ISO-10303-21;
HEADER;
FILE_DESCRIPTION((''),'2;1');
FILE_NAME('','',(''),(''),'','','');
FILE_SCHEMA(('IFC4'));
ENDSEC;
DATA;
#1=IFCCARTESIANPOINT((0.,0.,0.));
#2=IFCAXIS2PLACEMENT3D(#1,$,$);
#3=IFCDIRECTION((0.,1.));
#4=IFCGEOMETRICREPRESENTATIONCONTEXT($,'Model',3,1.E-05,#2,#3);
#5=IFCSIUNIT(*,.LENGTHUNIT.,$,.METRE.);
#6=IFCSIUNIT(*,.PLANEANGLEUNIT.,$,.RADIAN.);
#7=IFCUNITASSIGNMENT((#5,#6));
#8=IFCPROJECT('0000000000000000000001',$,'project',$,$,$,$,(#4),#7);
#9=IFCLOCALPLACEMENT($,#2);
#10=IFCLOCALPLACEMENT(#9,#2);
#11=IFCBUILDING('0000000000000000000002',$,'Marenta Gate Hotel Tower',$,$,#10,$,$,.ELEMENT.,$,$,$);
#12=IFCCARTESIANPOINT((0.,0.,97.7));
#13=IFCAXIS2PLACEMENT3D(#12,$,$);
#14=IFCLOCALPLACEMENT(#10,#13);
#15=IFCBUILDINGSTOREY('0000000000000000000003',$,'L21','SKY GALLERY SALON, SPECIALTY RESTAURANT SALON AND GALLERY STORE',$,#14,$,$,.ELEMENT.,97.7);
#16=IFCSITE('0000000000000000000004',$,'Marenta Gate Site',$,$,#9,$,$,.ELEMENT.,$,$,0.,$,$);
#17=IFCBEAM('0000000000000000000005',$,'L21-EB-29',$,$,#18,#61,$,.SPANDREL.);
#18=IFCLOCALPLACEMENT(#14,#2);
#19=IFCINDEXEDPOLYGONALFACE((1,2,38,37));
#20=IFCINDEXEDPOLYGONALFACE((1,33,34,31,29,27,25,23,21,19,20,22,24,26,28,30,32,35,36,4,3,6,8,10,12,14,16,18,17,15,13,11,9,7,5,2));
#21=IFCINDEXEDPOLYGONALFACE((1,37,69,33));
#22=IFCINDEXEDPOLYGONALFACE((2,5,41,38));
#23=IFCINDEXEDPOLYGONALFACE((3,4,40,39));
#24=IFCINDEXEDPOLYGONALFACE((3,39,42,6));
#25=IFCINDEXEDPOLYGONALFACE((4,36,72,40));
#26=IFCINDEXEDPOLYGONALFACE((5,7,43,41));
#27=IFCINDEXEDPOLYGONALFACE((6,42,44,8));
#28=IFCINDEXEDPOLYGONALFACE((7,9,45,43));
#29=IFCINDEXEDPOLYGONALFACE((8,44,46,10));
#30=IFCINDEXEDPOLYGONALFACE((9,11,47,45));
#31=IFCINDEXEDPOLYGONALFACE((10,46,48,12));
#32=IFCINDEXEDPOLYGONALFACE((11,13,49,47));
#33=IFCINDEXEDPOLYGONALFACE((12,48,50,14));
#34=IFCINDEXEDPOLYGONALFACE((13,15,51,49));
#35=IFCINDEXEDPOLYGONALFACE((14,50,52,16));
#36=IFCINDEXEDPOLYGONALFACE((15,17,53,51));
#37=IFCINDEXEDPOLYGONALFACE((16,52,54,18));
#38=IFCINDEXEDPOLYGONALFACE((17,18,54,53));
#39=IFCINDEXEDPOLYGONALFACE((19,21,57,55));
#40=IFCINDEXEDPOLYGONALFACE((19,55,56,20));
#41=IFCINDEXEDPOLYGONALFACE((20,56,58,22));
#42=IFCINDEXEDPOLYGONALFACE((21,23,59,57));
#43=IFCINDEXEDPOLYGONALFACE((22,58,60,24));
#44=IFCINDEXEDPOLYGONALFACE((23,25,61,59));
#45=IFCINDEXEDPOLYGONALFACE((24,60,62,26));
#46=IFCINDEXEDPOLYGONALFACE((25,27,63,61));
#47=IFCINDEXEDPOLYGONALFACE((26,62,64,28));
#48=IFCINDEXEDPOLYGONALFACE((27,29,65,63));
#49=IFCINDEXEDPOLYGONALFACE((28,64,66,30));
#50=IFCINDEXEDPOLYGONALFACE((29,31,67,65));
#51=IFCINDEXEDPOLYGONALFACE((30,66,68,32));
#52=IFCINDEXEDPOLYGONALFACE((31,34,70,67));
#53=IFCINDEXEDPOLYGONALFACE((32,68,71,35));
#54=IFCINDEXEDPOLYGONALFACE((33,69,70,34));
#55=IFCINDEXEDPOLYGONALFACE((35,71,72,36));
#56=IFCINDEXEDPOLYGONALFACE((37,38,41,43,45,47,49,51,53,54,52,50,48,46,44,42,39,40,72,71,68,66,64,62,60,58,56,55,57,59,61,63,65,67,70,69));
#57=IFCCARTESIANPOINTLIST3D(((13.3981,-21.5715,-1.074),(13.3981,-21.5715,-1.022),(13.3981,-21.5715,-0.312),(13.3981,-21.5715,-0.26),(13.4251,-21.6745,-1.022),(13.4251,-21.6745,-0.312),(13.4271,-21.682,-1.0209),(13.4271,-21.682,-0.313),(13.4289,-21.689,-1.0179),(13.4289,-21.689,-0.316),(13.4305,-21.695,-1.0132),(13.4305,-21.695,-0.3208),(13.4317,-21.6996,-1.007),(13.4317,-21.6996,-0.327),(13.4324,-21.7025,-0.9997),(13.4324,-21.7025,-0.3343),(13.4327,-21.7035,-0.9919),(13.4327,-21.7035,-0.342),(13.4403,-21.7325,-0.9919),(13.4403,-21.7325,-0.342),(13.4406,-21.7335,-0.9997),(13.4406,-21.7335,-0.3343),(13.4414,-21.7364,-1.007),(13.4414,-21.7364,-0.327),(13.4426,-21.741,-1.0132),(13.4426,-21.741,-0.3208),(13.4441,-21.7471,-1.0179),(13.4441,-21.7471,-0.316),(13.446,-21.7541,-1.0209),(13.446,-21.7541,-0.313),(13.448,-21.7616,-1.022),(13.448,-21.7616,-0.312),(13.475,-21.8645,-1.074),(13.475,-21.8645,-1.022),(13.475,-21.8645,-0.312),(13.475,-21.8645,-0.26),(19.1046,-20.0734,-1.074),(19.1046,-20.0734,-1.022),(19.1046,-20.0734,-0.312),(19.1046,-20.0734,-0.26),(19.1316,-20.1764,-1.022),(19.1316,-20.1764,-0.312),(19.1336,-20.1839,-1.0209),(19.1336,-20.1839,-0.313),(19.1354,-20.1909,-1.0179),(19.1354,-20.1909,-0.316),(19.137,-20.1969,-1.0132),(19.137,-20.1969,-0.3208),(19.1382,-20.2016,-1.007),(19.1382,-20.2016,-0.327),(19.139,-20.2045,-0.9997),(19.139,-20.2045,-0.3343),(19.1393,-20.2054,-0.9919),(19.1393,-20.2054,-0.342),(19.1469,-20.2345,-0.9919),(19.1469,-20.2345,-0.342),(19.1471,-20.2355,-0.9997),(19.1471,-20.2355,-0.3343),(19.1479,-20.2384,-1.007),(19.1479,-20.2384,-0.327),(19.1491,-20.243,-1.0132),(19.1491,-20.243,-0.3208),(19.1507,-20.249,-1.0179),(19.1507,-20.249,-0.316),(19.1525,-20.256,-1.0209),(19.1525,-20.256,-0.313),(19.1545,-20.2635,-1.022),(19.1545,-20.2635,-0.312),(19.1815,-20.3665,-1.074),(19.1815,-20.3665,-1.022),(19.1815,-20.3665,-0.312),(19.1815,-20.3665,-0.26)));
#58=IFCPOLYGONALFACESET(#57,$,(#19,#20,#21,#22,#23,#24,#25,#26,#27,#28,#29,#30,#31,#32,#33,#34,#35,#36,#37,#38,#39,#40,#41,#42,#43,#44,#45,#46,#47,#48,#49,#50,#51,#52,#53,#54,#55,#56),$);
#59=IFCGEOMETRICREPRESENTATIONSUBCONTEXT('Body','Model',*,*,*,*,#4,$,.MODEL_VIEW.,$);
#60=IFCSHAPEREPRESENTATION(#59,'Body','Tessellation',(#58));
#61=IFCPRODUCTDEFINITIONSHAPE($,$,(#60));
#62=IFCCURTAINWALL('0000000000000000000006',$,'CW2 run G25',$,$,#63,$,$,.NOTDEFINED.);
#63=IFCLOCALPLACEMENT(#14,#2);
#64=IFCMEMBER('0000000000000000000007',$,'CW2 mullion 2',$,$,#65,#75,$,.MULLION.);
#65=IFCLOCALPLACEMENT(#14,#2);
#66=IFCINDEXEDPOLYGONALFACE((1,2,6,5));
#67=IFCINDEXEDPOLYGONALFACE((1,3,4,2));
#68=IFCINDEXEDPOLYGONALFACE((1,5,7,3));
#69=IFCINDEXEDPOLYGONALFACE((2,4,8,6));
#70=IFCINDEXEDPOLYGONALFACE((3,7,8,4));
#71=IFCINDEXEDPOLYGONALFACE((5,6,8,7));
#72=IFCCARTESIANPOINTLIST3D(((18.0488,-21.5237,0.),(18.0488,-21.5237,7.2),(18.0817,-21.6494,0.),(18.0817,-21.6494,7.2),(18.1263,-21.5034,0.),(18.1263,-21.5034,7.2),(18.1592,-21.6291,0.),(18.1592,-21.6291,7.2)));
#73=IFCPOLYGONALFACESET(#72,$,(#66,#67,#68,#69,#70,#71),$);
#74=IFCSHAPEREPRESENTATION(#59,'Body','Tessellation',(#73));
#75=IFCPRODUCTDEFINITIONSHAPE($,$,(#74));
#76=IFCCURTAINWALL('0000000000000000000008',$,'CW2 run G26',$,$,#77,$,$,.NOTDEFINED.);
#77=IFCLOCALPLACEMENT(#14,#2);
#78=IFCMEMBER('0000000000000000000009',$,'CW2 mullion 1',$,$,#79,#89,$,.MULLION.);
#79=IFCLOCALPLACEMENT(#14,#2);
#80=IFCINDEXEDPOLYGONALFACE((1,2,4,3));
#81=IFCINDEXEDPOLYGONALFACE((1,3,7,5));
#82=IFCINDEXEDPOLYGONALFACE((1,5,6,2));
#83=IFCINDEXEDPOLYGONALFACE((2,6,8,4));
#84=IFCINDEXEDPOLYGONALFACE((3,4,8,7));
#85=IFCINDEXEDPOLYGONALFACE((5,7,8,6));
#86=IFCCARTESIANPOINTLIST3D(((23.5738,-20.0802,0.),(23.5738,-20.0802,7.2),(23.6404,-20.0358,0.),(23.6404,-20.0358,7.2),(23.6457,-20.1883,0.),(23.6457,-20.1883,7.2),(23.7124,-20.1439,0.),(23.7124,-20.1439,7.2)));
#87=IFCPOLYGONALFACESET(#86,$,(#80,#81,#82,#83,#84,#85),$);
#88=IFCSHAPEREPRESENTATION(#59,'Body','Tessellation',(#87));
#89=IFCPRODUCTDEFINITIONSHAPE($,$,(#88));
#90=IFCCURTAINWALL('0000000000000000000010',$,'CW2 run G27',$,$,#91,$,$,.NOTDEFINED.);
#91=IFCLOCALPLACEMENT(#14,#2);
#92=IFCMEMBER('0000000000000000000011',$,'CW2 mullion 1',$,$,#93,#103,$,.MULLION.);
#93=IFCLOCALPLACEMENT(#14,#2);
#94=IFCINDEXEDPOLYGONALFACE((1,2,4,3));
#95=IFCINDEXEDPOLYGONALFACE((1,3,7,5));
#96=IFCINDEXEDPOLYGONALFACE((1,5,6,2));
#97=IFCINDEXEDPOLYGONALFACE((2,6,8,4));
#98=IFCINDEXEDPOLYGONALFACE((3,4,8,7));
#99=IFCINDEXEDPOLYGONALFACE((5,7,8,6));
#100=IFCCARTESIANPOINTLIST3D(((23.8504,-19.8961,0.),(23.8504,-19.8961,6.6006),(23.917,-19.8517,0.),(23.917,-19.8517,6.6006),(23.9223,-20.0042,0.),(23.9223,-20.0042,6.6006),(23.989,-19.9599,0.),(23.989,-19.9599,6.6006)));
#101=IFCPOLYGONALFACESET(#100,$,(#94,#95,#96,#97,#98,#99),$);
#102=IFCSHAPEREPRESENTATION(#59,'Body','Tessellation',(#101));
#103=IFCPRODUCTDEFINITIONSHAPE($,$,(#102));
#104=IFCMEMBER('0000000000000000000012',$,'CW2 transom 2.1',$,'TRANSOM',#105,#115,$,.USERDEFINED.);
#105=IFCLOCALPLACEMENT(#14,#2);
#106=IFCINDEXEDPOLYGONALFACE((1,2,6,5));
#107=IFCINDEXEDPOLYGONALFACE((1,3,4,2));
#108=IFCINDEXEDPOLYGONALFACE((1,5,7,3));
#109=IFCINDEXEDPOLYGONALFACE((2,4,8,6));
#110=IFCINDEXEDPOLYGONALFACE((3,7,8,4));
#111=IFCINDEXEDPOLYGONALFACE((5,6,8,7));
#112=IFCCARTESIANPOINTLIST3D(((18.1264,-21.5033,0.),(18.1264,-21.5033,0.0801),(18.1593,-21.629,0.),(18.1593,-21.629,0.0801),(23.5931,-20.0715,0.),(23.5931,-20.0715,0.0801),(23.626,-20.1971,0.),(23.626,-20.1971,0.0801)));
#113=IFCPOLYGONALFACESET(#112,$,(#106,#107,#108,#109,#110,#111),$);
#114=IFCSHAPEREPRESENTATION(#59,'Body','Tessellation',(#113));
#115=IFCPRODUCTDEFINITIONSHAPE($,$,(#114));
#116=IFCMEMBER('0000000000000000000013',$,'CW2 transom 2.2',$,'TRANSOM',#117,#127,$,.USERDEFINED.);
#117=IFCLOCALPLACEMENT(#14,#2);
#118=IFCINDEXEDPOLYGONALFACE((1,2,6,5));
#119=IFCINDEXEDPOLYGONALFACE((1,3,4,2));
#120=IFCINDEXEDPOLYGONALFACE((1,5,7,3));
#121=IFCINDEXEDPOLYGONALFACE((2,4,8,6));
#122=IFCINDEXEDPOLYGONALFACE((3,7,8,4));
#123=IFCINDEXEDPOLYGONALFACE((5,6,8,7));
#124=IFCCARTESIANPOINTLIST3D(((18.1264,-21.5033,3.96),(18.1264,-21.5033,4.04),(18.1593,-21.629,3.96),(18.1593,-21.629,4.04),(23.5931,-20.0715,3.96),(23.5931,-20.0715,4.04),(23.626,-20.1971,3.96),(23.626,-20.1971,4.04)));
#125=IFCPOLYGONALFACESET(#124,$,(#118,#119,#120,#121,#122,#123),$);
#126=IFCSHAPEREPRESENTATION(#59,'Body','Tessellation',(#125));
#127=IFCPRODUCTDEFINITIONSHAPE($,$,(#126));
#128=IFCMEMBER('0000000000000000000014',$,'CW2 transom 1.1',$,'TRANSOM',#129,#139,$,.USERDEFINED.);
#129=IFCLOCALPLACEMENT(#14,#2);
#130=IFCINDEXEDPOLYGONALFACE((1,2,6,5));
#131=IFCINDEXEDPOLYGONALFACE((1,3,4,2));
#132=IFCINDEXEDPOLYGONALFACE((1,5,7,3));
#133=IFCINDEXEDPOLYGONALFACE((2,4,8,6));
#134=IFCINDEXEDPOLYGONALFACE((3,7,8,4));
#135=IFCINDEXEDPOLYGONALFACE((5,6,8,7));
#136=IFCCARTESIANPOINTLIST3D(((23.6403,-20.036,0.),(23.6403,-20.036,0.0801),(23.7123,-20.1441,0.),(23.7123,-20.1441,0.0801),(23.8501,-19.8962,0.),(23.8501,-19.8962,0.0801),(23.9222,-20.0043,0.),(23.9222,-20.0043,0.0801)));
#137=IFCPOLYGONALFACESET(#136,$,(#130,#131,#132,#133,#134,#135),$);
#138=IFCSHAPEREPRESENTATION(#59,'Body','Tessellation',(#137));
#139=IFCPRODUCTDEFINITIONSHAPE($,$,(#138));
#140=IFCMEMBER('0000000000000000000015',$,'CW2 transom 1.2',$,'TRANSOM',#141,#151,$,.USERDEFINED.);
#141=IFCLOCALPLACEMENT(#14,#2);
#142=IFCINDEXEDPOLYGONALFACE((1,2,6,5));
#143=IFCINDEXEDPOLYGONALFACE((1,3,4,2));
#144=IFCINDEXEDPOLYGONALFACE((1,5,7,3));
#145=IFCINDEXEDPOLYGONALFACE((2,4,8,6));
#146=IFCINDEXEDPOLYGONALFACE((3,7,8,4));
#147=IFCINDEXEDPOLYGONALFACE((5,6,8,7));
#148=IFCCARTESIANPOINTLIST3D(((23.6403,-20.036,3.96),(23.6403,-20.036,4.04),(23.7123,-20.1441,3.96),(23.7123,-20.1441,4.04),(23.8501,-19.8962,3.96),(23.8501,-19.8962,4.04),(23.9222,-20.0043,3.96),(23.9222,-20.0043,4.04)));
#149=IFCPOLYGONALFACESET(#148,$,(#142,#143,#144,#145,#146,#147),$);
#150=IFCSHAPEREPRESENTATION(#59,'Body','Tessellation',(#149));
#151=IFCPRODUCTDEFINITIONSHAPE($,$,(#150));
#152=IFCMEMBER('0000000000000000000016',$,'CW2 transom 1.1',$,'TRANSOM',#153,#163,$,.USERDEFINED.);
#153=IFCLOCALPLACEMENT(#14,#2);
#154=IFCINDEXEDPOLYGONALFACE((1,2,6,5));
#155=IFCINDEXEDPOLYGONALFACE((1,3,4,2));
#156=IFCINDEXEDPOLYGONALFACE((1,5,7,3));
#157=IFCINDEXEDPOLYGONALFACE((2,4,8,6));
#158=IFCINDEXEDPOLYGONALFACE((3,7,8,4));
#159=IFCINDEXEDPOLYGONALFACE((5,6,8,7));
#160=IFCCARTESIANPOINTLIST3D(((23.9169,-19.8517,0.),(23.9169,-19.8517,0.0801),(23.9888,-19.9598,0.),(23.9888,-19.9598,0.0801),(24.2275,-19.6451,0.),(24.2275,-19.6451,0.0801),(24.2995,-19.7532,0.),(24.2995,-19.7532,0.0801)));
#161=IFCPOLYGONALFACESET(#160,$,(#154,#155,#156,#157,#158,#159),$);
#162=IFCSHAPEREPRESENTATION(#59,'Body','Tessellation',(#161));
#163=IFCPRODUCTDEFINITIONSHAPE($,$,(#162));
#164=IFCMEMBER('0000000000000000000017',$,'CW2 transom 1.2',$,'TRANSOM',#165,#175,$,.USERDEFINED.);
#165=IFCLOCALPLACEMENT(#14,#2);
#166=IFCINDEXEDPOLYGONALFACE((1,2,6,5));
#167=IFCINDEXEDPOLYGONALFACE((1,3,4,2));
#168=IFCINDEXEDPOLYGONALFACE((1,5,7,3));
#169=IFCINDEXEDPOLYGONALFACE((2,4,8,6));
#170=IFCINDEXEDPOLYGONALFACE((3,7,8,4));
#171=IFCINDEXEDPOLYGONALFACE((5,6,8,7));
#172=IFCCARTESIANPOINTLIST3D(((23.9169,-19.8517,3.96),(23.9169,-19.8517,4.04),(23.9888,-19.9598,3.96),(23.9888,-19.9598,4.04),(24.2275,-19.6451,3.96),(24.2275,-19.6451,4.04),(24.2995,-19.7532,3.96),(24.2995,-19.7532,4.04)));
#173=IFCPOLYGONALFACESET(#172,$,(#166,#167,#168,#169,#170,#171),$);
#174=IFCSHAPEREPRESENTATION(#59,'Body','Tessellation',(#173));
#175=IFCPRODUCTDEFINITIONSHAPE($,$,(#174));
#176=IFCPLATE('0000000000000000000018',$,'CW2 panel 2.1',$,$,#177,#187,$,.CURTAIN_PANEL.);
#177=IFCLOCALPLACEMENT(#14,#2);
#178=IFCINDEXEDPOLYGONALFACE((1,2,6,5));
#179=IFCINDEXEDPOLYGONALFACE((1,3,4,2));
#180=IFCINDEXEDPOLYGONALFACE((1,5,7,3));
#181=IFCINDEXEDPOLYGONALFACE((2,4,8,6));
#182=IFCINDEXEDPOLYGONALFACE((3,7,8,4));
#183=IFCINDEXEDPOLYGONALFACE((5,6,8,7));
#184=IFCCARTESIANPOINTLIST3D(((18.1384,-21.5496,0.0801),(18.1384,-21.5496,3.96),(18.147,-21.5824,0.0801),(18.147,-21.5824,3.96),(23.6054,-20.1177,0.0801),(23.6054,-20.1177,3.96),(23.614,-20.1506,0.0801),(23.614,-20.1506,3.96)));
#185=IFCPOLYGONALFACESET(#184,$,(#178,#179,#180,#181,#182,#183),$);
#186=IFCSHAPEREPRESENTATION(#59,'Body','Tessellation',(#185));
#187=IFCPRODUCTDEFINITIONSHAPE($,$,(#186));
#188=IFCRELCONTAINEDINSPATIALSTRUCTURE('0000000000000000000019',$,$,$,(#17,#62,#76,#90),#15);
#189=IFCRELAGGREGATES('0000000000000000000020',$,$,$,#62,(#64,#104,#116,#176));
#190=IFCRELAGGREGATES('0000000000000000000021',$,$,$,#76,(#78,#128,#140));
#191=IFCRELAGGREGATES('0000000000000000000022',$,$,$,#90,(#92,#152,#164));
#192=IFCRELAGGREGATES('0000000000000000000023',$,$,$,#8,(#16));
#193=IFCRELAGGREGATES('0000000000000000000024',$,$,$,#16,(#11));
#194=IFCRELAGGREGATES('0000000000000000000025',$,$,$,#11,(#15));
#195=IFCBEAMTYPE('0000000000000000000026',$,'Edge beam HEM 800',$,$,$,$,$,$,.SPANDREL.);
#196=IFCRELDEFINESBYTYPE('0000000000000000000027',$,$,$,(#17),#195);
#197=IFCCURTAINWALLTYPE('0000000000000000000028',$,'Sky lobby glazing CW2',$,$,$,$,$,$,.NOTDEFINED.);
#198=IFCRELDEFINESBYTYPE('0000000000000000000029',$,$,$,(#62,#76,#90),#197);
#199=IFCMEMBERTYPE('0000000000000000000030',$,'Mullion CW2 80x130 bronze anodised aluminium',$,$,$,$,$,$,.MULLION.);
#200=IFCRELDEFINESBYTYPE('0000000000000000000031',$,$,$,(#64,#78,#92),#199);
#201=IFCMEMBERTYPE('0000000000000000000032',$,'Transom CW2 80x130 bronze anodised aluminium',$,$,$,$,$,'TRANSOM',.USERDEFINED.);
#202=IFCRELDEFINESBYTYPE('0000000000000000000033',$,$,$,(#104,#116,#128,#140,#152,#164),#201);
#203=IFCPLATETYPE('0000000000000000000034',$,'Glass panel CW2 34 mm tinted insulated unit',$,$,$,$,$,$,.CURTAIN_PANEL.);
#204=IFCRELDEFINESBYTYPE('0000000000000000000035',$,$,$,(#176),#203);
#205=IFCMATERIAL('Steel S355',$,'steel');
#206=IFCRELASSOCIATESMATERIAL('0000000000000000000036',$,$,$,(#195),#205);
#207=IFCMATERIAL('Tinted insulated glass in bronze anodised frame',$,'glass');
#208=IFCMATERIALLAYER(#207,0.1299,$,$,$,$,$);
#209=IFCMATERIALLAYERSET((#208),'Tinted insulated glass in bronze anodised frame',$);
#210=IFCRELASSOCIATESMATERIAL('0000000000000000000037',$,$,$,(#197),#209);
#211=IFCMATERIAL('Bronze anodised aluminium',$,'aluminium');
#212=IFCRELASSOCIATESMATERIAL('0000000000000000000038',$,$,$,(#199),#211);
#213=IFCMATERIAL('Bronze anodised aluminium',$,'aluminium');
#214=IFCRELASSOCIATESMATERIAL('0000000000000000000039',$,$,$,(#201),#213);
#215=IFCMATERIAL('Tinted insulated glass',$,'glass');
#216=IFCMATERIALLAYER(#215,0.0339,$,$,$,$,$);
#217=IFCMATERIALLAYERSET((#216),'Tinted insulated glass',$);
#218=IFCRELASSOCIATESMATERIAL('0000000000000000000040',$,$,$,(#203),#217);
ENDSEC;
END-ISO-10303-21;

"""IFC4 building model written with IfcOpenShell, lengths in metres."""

from ifc_helpers import new_model, si_unit, direction, frame, origin, origin_2d, place, context, subcontext, project, spatial, rectangle, i_section, extrude, material, layer, layer_set, material_profile, profile_set, type_object, element, aggregate, save


model = new_model("IFC4")

# Units and contexts
model_context = context("Model", 3, precision=1e-05, world=origin(), true_north=direction((0.0, 1.0)))
body_context = subcontext(model_context, "Body", "Model", "MODEL_VIEW")
ifc_project = project(units=[si_unit("LENGTHUNIT", "METRE"), si_unit("PLANEANGLEUNIT", "RADIAN")], contexts=[model_context])

# Site, building, storey
site_placement = place(None, origin())
site = spatial("IfcSite", under=ifc_project, at=site_placement, Name="Marenta Gate Site", CompositionType="ELEMENT", RefElevation=0.0)
building_placement = place(site_placement, origin())
building = spatial("IfcBuilding", under=site, at=building_placement, Name="Marenta Gate Hotel Tower", CompositionType="ELEMENT")
storey_placement = place(building_placement, frame((0.0, 0.0, 97.7)))
storey = spatial("IfcBuildingStorey", under=building, at=storey_placement, Name="L21", Description="SKY GALLERY SALON, SPECIALTY RESTAURANT SALON AND GALLERY STORE", CompositionType="ELEMENT", Elevation=97.7)

# Beam
ifc_material_1 = material(Name="Steel S355", Category="steel")
ifc_material_profile_1 = material_profile(ifc_material_1, i_section(OverallWidth=0.303, OverallDepth=0.814, WebThickness=0.03, FlangeThickness=0.052, FilletRadius=0.03, at=origin_2d()), Name="HEM 800")
ifc_profile_set_1 = profile_set([ifc_material_profile_1], Name="Steel S355")
beam_type = type_object("IfcBeamType", Name="Edge beam HEM 800", PredefinedType="SPANDREL", material=ifc_profile_set_1)
beam_1_placement = place(storey_placement, frame((19.1431, -20.22, -0.667), z_axis=(-0.967228, -0.253911, 0.0), x_axis=(0.253911, -0.967228, 0.0)))
element("IfcBeam", 1, at=beam_1_placement, inside=storey, type_object=beam_type, Name="L21-EB-29", PredefinedType="SPANDREL", context=body_context, shape_type="SweptSolid", body=[
    extrude(i_section(OverallWidth=0.303, OverallDepth=0.814, WebThickness=0.03, FlangeThickness=0.052, FilletRadius=0.03, at=origin_2d()), origin(), (0.0, 0.0, 1.0), 5.8999),
])

# Curtain walls, members
ifc_material_2 = material(Name="Tinted insulated glass in bronze anodised frame", Category="glass")
ifc_layer_1 = layer(ifc_material_2, 0.1299)
ifc_layer_set_1 = layer_set([ifc_layer_1], Name="Tinted insulated glass in bronze anodised frame")
curtain_wall_type = type_object("IfcCurtainWallType", Name="Sky lobby glazing CW2", PredefinedType="NOTDEFINED", material=ifc_layer_set_1)
curtain_wall_1_placement = place(storey_placement, origin())
curtain_wall_1 = element("IfcCurtainWall", 2, at=curtain_wall_1_placement, inside=storey, type_object=curtain_wall_type, Name="CW2 run G25", PredefinedType="NOTDEFINED")
ifc_material_3 = material(Name="Bronze anodised aluminium", Category="aluminium")
ifc_material_profile_2 = material_profile(ifc_material_3, rectangle(XDim=0.1299, YDim=0.0801, at=origin_2d()), Name="Mullion CW2 80x130 bronze anodised aluminium")
ifc_profile_set_2 = profile_set([ifc_material_profile_2], Name="Bronze anodised aluminium")
member_type_1 = type_object("IfcMemberType", Name="Mullion CW2 80x130 bronze anodised aluminium", PredefinedType="MULLION", material=ifc_profile_set_2)
member_1_placement = place(storey_placement, frame((18.104, -21.5764, 0.0), z_axis=(0.0, 0.0, 1.0), x_axis=(-0.253367, 0.96737, 0.0)))
member_1 = element("IfcMember", 3, at=member_1_placement, type_object=member_type_1, Name="CW2 mullion 2", PredefinedType="MULLION", context=body_context, shape_type="SweptSolid", body=[
    extrude(rectangle(XDim=0.1299, YDim=0.0801, at=origin_2d()), origin(), (0.0, 0.0, 1.0), 7.2),
])
curtain_wall_2_placement = place(storey_placement, origin())
curtain_wall_2 = element("IfcCurtainWall", 4, at=curtain_wall_2_placement, inside=storey, type_object=curtain_wall_type, Name="CW2 run G26", PredefinedType="NOTDEFINED")
member_2_placement = place(storey_placement, frame((23.6431, -20.1121, 0.0), z_axis=(0.0, 0.0, 1.0), x_axis=(-0.554075, 0.832467, 0.0)))
member_2 = element("IfcMember", 5, at=member_2_placement, type_object=member_type_1, Name="CW2 mullion 1", PredefinedType="MULLION", context=body_context, shape_type="SweptSolid", body=[
    extrude(rectangle(XDim=0.1299, YDim=0.0801, at=origin_2d()), origin(), (0.0, 0.0, 1.0), 7.2),
])
curtain_wall_3_placement = place(storey_placement, origin())
curtain_wall_3 = element("IfcCurtainWall", 6, at=curtain_wall_3_placement, inside=storey, type_object=curtain_wall_type, Name="CW2 run G27", PredefinedType="NOTDEFINED")
member_3_placement = place(storey_placement, frame((23.9197, -19.928, 0.0), z_axis=(0.0, 0.0, 1.0), x_axis=(-0.554089, 0.832458, 0.0)))
member_3 = element("IfcMember", 7, at=member_3_placement, type_object=member_type_1, Name="CW2 mullion 1", PredefinedType="MULLION", context=body_context, shape_type="SweptSolid", body=[
    extrude(rectangle(XDim=0.1299, YDim=0.0801, at=origin_2d()), origin(), (0.0, 0.0, 1.0), 6.6006),
])

# Members
ifc_material_4 = material(Name="Bronze anodised aluminium", Category="aluminium")
ifc_material_profile_3 = material_profile(ifc_material_4, rectangle(XDim=0.1299, YDim=0.0801, at=origin_2d()), Name="Transom CW2 80x130 bronze anodised aluminium")
ifc_profile_set_3 = profile_set([ifc_material_profile_3], Name="Bronze anodised aluminium")
member_type_2 = type_object("IfcMemberType", Name="Transom CW2 80x130 bronze anodised aluminium", ElementType="TRANSOM", PredefinedType="USERDEFINED", material=ifc_profile_set_3)
member_4_placement = place(storey_placement, frame((18.1428, -21.5662, 0.04), z_axis=(0.967368, 0.253377, 0.0), x_axis=(-0.253377, 0.967368, 0.0)))
member_4 = element("IfcMember", 8, at=member_4_placement, type_object=member_type_2, Name="CW2 transom 2.1", ObjectType="TRANSOM", PredefinedType="USERDEFINED", context=body_context, shape_type="SweptSolid", body=[
    extrude(rectangle(XDim=0.1299, YDim=0.0801, at=origin_2d()), origin(), (0.0, 0.0, 1.0), 5.6511),
])
member_5_placement = place(storey_placement, frame((18.1428, -21.5662, 4.0), z_axis=(0.967368, 0.253377, 0.0), x_axis=(-0.253377, 0.967368, 0.0)))
member_5 = element("IfcMember", 9, at=member_5_placement, type_object=member_type_2, Name="CW2 transom 2.2", ObjectType="TRANSOM", PredefinedType="USERDEFINED", context=body_context, shape_type="SweptSolid", body=[
    extrude(rectangle(XDim=0.1299, YDim=0.0801, at=origin_2d()), origin(), (0.0, 0.0, 1.0), 5.6511),
])
member_6_placement = place(storey_placement, frame((23.6763, -20.0901, 0.04), z_axis=(0.832199, 0.554477, 0.0), x_axis=(-0.554477, 0.832199, 0.0)))
member_6 = element("IfcMember", 10, at=member_6_placement, type_object=member_type_2, Name="CW2 transom 1.1", ObjectType="TRANSOM", PredefinedType="USERDEFINED", context=body_context, shape_type="SweptSolid", body=[
    extrude(rectangle(XDim=0.1299, YDim=0.0801, at=origin_2d()), origin(), (0.0, 0.0, 1.0), 0.2522),
])
member_7_placement = place(storey_placement, frame((23.6763, -20.0901, 4.0), z_axis=(0.832199, 0.554477, 0.0), x_axis=(-0.554477, 0.832199, 0.0)))
member_7 = element("IfcMember", 11, at=member_7_placement, type_object=member_type_2, Name="CW2 transom 1.2", ObjectType="TRANSOM", PredefinedType="USERDEFINED", context=body_context, shape_type="SweptSolid", body=[
    extrude(rectangle(XDim=0.1299, YDim=0.0801, at=origin_2d()), origin(), (0.0, 0.0, 1.0), 0.2522),
])
member_8_placement = place(storey_placement, frame((23.9529, -19.9058, 0.04), z_axis=(0.832654, 0.553793, 0.0), x_axis=(-0.553793, 0.832654, 0.0)))
member_8 = element("IfcMember", 12, at=member_8_placement, type_object=member_type_2, Name="CW2 transom 1.1", ObjectType="TRANSOM", PredefinedType="USERDEFINED", context=body_context, shape_type="SweptSolid", body=[
    extrude(rectangle(XDim=0.1299, YDim=0.0801, at=origin_2d()), origin(), (0.0, 0.0, 1.0), 0.373),
])
member_9_placement = place(storey_placement, frame((23.9529, -19.9058, 4.0), z_axis=(0.832654, 0.553793, 0.0), x_axis=(-0.553793, 0.832654, 0.0)))
member_9 = element("IfcMember", 13, at=member_9_placement, type_object=member_type_2, Name="CW2 transom 1.2", ObjectType="TRANSOM", PredefinedType="USERDEFINED", context=body_context, shape_type="SweptSolid", body=[
    extrude(rectangle(XDim=0.1299, YDim=0.0801, at=origin_2d()), origin(), (0.0, 0.0, 1.0), 0.373),
])

# Plate
ifc_material_5 = material(Name="Tinted insulated glass", Category="glass")
ifc_layer_2 = layer(ifc_material_5, 0.0339)
ifc_layer_set_2 = layer_set([ifc_layer_2], Name="Tinted insulated glass")
plate_type = type_object("IfcPlateType", Name="Glass panel CW2 34 mm tinted insulated unit", PredefinedType="CURTAIN_PANEL", material=ifc_layer_set_2)
plate_1_placement = place(storey_placement, frame((20.8762, -20.8501, 0.0801), z_axis=(0.0, 0.0, 1.0), x_axis=(0.96737, 0.253367, 0.0)))
plate_1 = element("IfcPlate", 14, at=plate_1_placement, type_object=plate_type, Name="CW2 panel 2.1", PredefinedType="CURTAIN_PANEL", context=body_context, shape_type="SweptSolid", body=[
    extrude(rectangle(XDim=5.6514, YDim=0.0339, at=origin_2d()), origin(), (0.0, 0.0, 1.0), 3.8799),
])
aggregate(curtain_wall_1, [member_1, member_4, member_5, plate_1])
aggregate(curtain_wall_2, [member_2, member_6, member_7])
aggregate(curtain_wall_3, [member_3, member_8, member_9])

save(model, "model.ifc")
